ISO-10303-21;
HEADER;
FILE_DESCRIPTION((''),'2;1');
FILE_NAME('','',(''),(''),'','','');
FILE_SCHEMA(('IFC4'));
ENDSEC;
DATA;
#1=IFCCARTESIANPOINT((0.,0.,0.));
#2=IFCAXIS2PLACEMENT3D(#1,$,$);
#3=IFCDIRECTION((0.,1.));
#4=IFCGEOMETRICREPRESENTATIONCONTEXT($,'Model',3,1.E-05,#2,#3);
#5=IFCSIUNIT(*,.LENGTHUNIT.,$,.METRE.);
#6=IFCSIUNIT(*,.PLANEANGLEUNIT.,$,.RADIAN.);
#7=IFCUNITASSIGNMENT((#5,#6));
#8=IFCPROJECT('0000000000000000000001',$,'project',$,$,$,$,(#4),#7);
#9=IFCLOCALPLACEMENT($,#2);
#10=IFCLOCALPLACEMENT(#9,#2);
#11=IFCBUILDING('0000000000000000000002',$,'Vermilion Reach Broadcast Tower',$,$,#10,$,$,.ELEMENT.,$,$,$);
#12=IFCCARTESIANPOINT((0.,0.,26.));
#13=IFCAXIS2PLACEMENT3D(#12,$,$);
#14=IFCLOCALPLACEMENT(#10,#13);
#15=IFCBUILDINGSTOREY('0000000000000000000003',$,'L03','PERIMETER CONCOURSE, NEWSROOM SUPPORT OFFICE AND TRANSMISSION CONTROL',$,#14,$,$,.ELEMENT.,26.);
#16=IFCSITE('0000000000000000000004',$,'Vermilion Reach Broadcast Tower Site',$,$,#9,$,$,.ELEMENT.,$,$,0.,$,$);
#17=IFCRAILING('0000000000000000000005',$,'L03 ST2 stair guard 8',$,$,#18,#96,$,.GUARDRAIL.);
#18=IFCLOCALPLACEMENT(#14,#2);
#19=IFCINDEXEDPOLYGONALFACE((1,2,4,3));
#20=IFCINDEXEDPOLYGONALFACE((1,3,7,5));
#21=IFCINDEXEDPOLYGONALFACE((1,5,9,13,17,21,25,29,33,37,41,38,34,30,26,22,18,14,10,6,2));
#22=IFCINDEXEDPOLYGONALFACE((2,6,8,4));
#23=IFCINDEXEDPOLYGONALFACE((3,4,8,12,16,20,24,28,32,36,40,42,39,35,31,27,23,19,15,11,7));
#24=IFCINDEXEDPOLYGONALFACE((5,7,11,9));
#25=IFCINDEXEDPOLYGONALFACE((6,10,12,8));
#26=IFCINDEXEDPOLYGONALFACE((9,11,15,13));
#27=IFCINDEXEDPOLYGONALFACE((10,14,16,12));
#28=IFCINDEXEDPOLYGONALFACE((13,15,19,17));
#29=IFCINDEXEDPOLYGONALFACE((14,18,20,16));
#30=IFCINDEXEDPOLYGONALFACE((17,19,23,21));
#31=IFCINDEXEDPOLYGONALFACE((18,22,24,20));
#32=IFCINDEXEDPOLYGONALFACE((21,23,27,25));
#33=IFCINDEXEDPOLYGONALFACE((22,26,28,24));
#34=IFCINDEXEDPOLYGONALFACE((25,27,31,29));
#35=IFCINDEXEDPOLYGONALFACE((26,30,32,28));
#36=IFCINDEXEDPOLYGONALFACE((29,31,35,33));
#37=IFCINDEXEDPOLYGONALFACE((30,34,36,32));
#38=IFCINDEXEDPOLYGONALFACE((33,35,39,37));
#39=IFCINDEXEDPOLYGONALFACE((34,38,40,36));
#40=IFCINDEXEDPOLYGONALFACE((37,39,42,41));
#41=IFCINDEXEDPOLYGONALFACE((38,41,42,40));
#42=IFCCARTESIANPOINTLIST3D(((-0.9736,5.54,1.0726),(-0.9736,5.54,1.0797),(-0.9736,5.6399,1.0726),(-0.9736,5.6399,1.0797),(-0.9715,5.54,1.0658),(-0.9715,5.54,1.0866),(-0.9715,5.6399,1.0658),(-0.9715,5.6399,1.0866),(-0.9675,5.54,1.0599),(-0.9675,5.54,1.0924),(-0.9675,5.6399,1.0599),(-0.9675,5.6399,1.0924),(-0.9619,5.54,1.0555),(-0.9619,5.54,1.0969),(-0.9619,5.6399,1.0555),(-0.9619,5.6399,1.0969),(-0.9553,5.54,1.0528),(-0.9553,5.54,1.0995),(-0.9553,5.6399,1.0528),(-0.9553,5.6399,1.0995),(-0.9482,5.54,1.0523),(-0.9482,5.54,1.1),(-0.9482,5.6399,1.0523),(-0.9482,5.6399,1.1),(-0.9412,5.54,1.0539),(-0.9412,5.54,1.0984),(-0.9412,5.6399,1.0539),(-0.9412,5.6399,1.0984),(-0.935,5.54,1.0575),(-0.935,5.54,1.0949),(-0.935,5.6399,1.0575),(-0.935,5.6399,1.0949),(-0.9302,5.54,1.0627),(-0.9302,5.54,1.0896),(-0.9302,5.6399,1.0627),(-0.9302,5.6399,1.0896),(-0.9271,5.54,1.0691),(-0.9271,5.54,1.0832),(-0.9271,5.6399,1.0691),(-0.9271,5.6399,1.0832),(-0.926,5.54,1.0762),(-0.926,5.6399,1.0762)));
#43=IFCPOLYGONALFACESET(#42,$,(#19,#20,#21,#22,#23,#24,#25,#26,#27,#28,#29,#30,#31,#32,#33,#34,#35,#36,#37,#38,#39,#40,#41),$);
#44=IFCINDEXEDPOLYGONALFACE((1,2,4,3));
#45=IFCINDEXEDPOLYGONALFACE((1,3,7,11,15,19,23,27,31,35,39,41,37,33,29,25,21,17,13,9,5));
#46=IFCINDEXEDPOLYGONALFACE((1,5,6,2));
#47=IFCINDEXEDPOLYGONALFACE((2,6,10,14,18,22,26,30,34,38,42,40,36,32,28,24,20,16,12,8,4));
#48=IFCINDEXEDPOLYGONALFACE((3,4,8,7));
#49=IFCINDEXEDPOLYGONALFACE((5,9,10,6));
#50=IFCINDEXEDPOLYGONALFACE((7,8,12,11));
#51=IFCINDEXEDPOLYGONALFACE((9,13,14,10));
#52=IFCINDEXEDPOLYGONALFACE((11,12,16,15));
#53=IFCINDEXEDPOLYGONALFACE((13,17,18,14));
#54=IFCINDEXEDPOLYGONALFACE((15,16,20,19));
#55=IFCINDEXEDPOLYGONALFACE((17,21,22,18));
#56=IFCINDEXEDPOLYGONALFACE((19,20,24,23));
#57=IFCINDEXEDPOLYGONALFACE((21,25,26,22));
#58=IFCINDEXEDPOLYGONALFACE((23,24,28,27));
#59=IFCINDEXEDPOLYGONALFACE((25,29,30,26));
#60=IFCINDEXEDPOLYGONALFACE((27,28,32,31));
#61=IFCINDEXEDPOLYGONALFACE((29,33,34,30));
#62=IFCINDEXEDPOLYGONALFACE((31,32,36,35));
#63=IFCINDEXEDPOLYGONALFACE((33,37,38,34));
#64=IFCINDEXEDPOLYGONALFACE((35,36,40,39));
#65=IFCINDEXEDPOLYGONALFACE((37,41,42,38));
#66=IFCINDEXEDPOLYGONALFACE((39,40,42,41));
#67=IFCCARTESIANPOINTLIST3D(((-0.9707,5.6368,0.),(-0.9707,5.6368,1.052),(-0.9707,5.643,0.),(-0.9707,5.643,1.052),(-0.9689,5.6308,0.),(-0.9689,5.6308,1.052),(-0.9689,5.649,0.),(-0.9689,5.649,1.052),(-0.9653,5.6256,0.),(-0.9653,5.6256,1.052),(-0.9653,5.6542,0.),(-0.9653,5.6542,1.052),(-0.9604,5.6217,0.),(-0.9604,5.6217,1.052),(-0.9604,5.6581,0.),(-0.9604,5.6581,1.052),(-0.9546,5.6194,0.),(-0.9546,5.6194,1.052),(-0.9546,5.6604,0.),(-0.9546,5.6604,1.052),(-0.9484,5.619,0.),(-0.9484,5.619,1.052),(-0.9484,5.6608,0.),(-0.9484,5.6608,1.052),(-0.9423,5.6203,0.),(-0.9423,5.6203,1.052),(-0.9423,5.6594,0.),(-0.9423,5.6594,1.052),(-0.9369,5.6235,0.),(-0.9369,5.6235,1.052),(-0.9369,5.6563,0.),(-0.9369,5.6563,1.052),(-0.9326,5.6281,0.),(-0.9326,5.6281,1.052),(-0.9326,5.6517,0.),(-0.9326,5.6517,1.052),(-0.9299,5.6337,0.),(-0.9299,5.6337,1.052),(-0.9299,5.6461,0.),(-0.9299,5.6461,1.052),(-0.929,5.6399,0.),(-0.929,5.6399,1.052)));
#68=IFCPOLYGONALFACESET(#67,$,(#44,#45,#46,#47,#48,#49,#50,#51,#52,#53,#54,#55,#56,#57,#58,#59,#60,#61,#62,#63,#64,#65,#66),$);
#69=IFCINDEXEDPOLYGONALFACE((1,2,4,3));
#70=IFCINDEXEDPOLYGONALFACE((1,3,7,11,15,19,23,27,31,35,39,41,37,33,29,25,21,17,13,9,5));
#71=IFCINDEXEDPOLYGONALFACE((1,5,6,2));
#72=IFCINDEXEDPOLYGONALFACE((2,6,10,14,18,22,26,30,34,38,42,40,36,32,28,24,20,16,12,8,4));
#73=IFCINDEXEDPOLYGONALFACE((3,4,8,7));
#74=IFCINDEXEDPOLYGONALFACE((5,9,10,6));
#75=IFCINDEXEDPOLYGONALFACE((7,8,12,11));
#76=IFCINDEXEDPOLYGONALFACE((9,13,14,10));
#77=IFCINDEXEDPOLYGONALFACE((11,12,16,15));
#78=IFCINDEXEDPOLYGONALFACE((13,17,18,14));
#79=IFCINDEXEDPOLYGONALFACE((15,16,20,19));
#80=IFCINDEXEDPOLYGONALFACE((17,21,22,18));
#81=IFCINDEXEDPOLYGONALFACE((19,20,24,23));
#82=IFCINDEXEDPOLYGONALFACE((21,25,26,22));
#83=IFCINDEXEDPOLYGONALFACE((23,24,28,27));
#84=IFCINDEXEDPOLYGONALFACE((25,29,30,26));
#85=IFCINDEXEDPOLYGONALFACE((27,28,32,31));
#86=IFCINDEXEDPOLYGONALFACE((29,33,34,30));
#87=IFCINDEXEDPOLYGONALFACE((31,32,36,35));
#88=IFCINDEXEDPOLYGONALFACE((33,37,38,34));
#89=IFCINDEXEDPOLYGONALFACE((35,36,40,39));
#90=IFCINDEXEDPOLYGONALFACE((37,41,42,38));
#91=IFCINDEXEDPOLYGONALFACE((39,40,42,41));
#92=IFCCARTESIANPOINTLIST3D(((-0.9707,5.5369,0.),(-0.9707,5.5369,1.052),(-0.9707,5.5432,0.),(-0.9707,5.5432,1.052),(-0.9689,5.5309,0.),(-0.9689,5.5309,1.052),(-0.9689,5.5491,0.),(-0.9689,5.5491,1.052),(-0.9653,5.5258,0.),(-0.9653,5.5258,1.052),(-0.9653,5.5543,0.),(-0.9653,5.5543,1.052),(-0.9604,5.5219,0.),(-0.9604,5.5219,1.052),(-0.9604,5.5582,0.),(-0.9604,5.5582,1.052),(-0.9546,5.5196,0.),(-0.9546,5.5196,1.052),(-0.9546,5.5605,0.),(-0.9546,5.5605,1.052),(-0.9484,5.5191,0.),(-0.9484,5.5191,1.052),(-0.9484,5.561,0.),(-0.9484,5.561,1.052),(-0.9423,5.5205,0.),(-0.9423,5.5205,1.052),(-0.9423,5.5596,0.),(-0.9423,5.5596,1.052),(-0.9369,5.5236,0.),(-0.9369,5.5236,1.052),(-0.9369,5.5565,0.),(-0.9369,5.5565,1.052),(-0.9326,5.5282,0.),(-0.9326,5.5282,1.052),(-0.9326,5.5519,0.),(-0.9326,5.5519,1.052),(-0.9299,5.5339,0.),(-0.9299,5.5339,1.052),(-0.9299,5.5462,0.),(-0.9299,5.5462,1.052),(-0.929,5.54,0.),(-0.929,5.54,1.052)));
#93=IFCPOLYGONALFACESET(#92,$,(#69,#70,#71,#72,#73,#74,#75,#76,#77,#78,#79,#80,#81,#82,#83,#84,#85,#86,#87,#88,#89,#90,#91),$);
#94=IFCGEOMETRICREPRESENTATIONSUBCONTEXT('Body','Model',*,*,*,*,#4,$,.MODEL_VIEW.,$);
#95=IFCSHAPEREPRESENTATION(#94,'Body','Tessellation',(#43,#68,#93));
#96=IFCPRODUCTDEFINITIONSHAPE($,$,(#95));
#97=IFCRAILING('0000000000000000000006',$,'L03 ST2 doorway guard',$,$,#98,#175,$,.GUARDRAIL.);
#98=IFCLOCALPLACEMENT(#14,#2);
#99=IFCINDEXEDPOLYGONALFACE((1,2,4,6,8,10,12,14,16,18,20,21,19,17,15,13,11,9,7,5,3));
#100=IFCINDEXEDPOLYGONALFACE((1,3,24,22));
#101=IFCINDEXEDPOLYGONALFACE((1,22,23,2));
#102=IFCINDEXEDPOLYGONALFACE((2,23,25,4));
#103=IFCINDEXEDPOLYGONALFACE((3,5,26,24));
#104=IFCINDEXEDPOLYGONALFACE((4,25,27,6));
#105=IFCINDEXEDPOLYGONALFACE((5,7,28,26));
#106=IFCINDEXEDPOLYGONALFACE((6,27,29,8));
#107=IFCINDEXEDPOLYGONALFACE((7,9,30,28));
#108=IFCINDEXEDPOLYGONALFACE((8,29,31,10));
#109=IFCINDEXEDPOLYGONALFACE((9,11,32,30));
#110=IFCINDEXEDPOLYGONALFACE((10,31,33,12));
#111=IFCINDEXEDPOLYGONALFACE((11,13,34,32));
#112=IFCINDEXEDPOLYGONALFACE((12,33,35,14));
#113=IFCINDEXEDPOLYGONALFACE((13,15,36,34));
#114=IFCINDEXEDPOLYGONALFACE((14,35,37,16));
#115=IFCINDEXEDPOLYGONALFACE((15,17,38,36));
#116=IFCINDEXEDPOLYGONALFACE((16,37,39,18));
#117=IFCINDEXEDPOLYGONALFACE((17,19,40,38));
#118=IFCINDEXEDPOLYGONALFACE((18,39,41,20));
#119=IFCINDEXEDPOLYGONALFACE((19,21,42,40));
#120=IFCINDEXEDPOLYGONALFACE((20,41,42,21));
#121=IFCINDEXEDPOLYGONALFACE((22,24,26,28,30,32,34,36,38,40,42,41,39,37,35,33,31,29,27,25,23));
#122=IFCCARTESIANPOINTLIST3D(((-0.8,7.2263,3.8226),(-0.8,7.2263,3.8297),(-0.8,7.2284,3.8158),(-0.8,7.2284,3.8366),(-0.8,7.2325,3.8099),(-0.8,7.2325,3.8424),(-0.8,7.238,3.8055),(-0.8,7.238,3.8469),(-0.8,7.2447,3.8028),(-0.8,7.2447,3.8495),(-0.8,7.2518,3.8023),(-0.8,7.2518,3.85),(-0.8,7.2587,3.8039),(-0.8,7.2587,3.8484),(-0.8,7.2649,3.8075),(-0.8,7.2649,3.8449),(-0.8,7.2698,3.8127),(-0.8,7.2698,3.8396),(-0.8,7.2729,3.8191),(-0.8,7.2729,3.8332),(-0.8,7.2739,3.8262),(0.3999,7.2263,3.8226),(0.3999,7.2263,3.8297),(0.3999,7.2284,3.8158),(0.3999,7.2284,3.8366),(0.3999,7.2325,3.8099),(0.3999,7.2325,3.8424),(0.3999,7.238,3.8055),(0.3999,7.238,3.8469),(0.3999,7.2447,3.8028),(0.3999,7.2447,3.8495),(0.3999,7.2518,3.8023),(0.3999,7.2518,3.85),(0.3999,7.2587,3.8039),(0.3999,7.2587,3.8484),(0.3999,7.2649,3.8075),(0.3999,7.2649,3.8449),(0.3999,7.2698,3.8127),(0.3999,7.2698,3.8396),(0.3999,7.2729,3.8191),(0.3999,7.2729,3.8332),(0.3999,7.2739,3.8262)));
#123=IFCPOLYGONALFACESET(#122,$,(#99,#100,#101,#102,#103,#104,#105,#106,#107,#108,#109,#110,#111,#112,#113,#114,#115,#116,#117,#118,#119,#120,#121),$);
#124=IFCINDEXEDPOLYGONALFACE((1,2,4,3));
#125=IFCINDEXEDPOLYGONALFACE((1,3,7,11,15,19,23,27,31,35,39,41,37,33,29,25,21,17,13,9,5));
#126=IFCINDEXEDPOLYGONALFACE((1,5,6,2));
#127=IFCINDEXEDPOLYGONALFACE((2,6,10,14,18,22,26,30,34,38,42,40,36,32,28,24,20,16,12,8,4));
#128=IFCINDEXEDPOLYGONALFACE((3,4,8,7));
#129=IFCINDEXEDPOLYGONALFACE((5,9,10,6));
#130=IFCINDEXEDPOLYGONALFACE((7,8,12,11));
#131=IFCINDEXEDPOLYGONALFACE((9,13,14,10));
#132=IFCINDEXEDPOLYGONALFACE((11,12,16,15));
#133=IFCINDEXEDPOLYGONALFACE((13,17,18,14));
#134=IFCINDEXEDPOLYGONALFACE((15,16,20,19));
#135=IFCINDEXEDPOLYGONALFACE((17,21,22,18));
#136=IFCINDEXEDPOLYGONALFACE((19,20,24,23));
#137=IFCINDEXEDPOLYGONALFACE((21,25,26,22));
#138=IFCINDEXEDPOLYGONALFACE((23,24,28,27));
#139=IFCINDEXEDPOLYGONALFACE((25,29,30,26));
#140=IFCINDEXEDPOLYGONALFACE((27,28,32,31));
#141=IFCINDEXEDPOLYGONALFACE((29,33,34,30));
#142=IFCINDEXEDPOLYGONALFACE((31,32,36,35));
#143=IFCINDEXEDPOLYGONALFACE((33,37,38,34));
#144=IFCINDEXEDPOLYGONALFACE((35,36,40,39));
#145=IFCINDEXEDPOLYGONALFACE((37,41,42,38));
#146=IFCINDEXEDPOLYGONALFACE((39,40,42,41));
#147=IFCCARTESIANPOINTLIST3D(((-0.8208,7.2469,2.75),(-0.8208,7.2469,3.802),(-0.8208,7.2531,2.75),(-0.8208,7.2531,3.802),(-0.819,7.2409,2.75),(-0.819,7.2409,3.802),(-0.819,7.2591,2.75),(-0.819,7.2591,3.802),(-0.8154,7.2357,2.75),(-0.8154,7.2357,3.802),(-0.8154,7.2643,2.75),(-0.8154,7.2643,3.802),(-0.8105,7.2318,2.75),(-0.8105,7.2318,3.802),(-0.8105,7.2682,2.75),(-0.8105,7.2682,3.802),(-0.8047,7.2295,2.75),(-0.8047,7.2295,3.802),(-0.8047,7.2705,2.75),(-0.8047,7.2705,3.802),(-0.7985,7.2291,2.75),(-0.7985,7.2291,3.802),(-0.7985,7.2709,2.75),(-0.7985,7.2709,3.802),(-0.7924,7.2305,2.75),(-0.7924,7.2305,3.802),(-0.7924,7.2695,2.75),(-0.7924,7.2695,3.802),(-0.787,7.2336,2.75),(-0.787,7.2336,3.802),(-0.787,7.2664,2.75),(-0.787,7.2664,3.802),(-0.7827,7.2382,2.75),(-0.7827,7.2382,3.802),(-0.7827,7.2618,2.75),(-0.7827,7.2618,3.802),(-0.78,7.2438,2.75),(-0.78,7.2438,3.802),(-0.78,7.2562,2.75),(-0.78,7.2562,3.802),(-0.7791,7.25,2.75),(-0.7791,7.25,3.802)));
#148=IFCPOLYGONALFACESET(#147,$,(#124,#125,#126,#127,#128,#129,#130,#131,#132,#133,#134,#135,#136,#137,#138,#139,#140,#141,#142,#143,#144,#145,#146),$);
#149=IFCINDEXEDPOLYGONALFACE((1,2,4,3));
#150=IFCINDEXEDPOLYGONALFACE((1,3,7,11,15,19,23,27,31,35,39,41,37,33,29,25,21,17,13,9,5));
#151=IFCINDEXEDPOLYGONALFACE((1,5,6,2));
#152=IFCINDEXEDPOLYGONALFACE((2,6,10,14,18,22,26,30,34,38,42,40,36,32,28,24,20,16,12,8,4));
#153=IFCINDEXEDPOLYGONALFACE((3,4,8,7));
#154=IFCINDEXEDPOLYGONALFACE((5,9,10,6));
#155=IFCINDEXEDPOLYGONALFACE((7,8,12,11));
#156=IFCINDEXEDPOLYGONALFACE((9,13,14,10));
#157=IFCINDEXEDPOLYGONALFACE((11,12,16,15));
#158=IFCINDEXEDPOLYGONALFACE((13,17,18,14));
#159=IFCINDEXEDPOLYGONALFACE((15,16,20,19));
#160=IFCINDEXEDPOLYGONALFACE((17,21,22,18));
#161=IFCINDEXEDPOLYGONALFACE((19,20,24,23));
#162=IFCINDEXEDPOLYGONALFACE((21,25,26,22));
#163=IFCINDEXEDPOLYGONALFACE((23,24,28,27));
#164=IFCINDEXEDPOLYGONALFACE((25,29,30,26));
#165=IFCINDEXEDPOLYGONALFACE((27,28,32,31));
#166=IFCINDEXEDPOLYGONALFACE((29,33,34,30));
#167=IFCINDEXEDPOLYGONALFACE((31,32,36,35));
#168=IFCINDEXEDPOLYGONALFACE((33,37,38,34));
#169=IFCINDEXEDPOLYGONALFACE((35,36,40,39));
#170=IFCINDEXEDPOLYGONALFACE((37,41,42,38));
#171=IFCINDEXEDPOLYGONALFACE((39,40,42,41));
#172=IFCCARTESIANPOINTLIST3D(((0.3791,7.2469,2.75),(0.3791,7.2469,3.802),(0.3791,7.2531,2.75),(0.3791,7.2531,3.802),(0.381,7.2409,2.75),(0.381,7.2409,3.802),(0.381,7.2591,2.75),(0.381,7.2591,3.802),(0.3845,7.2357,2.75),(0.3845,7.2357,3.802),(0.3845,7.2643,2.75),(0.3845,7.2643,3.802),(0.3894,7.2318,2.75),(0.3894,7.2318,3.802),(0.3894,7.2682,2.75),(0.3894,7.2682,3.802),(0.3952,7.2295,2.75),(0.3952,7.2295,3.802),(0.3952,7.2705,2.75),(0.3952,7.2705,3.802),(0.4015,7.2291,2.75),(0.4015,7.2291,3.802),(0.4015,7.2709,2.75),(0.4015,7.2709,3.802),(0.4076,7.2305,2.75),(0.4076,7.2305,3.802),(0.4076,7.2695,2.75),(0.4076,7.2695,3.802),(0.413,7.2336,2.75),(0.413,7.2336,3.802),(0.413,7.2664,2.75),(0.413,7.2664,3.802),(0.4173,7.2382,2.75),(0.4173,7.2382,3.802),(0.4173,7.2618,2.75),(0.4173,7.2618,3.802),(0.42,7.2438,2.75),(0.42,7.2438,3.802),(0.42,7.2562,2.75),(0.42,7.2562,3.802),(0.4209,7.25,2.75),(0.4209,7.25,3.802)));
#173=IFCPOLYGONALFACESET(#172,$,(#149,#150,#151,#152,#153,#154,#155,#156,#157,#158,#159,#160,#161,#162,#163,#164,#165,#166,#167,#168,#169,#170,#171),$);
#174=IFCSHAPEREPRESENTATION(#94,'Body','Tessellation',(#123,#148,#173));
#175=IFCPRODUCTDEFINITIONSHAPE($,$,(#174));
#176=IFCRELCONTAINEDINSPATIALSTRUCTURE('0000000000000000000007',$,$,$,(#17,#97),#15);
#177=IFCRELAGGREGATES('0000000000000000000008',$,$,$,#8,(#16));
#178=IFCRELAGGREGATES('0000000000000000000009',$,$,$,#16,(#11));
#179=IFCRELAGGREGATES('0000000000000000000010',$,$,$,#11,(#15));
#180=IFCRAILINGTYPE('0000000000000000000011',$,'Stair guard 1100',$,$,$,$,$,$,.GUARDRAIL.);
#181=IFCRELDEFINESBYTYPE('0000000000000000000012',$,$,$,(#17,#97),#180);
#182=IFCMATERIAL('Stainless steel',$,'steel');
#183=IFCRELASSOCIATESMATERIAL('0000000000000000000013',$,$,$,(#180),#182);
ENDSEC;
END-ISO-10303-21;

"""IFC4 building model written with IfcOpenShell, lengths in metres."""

from ifc_helpers import new_model, si_unit, direction, frame, origin, origin_2d, place, context, subcontext, project, spatial, circle, extrude, material, type_object, element, save


model = new_model("IFC4")

# Units and contexts
model_context = context("Model", 3, precision=1e-05, world=origin(), true_north=direction((0.0, 1.0)))
body_context = subcontext(model_context, "Body", "Model", "MODEL_VIEW")
ifc_project = project(units=[si_unit("LENGTHUNIT", "METRE"), si_unit("PLANEANGLEUNIT", "RADIAN")], contexts=[model_context])

# Site, building, storey
site_placement = place(None, origin())
site = spatial("IfcSite", under=ifc_project, at=site_placement, Name="Vermilion Reach Broadcast Tower Site", CompositionType="ELEMENT", RefElevation=0.0)
building_placement = place(site_placement, origin())
building = spatial("IfcBuilding", under=site, at=building_placement, Name="Vermilion Reach Broadcast Tower", CompositionType="ELEMENT")
storey_placement = place(building_placement, frame((0.0, 0.0, 26.0)))
storey = spatial("IfcBuildingStorey", under=building, at=storey_placement, Name="L03", Description="PERIMETER CONCOURSE, NEWSROOM SUPPORT OFFICE AND TRANSMISSION CONTROL", CompositionType="ELEMENT", Elevation=26.0)

# Railings
ifc_material_1 = material(Name="Stainless steel", Category="steel")
railing_type_1 = type_object("IfcRailingType", Name="Stair guard 1100", PredefinedType="GUARDRAIL", material=ifc_material_1)
railing_1_placement = place(storey_placement, frame((-0.95, 5.6399, 0.0)))
element("IfcRailing", 1, at=railing_1_placement, inside=storey, type_object=railing_type_1, Name="L03 ST2 stair guard 8", PredefinedType="GUARDRAIL", context=body_context, shape_type="SweptSolid", body=[
    extrude(circle(Radius=0.0239, at=origin_2d()), frame((0.0, 0.0, 1.0762), z_axis=(0.0, -1.0, 0.0), x_axis=(1.0, 0.0, 0.0)), (0.0, 0.0, 1.0), 0.0999),
    extrude(circle(Radius=0.021, at=origin_2d()), origin(), (0.0, 0.0, 1.0), 1.052),
    extrude(circle(Radius=0.021, at=origin_2d()), frame((0.0, -0.0999, 0.0)), (0.0, 0.0, 1.0), 1.052),
])
railing_2_placement = place(storey_placement, frame((-0.8, 7.25, 2.75)))
element("IfcRailing", 2, at=railing_2_placement, inside=storey, type_object=railing_type_1, Name="L03 ST2 doorway guard", PredefinedType="GUARDRAIL", context=body_context, shape_type="SweptSolid", body=[
    extrude(circle(Radius=0.0239, at=origin_2d()), frame((0.0, 0.0, 1.0762), z_axis=(1.0, 0.0, 0.0), x_axis=(0.0, 1.0, 0.0)), (0.0, 0.0, 1.0), 1.2),
    extrude(circle(Radius=0.021, at=origin_2d()), origin(), (0.0, 0.0, 1.0), 1.052),
    extrude(circle(Radius=0.021, at=origin_2d()), frame((1.2, 0.0, 0.0)), (0.0, 0.0, 1.0), 1.052),
])

save(model, "model.ifc")
